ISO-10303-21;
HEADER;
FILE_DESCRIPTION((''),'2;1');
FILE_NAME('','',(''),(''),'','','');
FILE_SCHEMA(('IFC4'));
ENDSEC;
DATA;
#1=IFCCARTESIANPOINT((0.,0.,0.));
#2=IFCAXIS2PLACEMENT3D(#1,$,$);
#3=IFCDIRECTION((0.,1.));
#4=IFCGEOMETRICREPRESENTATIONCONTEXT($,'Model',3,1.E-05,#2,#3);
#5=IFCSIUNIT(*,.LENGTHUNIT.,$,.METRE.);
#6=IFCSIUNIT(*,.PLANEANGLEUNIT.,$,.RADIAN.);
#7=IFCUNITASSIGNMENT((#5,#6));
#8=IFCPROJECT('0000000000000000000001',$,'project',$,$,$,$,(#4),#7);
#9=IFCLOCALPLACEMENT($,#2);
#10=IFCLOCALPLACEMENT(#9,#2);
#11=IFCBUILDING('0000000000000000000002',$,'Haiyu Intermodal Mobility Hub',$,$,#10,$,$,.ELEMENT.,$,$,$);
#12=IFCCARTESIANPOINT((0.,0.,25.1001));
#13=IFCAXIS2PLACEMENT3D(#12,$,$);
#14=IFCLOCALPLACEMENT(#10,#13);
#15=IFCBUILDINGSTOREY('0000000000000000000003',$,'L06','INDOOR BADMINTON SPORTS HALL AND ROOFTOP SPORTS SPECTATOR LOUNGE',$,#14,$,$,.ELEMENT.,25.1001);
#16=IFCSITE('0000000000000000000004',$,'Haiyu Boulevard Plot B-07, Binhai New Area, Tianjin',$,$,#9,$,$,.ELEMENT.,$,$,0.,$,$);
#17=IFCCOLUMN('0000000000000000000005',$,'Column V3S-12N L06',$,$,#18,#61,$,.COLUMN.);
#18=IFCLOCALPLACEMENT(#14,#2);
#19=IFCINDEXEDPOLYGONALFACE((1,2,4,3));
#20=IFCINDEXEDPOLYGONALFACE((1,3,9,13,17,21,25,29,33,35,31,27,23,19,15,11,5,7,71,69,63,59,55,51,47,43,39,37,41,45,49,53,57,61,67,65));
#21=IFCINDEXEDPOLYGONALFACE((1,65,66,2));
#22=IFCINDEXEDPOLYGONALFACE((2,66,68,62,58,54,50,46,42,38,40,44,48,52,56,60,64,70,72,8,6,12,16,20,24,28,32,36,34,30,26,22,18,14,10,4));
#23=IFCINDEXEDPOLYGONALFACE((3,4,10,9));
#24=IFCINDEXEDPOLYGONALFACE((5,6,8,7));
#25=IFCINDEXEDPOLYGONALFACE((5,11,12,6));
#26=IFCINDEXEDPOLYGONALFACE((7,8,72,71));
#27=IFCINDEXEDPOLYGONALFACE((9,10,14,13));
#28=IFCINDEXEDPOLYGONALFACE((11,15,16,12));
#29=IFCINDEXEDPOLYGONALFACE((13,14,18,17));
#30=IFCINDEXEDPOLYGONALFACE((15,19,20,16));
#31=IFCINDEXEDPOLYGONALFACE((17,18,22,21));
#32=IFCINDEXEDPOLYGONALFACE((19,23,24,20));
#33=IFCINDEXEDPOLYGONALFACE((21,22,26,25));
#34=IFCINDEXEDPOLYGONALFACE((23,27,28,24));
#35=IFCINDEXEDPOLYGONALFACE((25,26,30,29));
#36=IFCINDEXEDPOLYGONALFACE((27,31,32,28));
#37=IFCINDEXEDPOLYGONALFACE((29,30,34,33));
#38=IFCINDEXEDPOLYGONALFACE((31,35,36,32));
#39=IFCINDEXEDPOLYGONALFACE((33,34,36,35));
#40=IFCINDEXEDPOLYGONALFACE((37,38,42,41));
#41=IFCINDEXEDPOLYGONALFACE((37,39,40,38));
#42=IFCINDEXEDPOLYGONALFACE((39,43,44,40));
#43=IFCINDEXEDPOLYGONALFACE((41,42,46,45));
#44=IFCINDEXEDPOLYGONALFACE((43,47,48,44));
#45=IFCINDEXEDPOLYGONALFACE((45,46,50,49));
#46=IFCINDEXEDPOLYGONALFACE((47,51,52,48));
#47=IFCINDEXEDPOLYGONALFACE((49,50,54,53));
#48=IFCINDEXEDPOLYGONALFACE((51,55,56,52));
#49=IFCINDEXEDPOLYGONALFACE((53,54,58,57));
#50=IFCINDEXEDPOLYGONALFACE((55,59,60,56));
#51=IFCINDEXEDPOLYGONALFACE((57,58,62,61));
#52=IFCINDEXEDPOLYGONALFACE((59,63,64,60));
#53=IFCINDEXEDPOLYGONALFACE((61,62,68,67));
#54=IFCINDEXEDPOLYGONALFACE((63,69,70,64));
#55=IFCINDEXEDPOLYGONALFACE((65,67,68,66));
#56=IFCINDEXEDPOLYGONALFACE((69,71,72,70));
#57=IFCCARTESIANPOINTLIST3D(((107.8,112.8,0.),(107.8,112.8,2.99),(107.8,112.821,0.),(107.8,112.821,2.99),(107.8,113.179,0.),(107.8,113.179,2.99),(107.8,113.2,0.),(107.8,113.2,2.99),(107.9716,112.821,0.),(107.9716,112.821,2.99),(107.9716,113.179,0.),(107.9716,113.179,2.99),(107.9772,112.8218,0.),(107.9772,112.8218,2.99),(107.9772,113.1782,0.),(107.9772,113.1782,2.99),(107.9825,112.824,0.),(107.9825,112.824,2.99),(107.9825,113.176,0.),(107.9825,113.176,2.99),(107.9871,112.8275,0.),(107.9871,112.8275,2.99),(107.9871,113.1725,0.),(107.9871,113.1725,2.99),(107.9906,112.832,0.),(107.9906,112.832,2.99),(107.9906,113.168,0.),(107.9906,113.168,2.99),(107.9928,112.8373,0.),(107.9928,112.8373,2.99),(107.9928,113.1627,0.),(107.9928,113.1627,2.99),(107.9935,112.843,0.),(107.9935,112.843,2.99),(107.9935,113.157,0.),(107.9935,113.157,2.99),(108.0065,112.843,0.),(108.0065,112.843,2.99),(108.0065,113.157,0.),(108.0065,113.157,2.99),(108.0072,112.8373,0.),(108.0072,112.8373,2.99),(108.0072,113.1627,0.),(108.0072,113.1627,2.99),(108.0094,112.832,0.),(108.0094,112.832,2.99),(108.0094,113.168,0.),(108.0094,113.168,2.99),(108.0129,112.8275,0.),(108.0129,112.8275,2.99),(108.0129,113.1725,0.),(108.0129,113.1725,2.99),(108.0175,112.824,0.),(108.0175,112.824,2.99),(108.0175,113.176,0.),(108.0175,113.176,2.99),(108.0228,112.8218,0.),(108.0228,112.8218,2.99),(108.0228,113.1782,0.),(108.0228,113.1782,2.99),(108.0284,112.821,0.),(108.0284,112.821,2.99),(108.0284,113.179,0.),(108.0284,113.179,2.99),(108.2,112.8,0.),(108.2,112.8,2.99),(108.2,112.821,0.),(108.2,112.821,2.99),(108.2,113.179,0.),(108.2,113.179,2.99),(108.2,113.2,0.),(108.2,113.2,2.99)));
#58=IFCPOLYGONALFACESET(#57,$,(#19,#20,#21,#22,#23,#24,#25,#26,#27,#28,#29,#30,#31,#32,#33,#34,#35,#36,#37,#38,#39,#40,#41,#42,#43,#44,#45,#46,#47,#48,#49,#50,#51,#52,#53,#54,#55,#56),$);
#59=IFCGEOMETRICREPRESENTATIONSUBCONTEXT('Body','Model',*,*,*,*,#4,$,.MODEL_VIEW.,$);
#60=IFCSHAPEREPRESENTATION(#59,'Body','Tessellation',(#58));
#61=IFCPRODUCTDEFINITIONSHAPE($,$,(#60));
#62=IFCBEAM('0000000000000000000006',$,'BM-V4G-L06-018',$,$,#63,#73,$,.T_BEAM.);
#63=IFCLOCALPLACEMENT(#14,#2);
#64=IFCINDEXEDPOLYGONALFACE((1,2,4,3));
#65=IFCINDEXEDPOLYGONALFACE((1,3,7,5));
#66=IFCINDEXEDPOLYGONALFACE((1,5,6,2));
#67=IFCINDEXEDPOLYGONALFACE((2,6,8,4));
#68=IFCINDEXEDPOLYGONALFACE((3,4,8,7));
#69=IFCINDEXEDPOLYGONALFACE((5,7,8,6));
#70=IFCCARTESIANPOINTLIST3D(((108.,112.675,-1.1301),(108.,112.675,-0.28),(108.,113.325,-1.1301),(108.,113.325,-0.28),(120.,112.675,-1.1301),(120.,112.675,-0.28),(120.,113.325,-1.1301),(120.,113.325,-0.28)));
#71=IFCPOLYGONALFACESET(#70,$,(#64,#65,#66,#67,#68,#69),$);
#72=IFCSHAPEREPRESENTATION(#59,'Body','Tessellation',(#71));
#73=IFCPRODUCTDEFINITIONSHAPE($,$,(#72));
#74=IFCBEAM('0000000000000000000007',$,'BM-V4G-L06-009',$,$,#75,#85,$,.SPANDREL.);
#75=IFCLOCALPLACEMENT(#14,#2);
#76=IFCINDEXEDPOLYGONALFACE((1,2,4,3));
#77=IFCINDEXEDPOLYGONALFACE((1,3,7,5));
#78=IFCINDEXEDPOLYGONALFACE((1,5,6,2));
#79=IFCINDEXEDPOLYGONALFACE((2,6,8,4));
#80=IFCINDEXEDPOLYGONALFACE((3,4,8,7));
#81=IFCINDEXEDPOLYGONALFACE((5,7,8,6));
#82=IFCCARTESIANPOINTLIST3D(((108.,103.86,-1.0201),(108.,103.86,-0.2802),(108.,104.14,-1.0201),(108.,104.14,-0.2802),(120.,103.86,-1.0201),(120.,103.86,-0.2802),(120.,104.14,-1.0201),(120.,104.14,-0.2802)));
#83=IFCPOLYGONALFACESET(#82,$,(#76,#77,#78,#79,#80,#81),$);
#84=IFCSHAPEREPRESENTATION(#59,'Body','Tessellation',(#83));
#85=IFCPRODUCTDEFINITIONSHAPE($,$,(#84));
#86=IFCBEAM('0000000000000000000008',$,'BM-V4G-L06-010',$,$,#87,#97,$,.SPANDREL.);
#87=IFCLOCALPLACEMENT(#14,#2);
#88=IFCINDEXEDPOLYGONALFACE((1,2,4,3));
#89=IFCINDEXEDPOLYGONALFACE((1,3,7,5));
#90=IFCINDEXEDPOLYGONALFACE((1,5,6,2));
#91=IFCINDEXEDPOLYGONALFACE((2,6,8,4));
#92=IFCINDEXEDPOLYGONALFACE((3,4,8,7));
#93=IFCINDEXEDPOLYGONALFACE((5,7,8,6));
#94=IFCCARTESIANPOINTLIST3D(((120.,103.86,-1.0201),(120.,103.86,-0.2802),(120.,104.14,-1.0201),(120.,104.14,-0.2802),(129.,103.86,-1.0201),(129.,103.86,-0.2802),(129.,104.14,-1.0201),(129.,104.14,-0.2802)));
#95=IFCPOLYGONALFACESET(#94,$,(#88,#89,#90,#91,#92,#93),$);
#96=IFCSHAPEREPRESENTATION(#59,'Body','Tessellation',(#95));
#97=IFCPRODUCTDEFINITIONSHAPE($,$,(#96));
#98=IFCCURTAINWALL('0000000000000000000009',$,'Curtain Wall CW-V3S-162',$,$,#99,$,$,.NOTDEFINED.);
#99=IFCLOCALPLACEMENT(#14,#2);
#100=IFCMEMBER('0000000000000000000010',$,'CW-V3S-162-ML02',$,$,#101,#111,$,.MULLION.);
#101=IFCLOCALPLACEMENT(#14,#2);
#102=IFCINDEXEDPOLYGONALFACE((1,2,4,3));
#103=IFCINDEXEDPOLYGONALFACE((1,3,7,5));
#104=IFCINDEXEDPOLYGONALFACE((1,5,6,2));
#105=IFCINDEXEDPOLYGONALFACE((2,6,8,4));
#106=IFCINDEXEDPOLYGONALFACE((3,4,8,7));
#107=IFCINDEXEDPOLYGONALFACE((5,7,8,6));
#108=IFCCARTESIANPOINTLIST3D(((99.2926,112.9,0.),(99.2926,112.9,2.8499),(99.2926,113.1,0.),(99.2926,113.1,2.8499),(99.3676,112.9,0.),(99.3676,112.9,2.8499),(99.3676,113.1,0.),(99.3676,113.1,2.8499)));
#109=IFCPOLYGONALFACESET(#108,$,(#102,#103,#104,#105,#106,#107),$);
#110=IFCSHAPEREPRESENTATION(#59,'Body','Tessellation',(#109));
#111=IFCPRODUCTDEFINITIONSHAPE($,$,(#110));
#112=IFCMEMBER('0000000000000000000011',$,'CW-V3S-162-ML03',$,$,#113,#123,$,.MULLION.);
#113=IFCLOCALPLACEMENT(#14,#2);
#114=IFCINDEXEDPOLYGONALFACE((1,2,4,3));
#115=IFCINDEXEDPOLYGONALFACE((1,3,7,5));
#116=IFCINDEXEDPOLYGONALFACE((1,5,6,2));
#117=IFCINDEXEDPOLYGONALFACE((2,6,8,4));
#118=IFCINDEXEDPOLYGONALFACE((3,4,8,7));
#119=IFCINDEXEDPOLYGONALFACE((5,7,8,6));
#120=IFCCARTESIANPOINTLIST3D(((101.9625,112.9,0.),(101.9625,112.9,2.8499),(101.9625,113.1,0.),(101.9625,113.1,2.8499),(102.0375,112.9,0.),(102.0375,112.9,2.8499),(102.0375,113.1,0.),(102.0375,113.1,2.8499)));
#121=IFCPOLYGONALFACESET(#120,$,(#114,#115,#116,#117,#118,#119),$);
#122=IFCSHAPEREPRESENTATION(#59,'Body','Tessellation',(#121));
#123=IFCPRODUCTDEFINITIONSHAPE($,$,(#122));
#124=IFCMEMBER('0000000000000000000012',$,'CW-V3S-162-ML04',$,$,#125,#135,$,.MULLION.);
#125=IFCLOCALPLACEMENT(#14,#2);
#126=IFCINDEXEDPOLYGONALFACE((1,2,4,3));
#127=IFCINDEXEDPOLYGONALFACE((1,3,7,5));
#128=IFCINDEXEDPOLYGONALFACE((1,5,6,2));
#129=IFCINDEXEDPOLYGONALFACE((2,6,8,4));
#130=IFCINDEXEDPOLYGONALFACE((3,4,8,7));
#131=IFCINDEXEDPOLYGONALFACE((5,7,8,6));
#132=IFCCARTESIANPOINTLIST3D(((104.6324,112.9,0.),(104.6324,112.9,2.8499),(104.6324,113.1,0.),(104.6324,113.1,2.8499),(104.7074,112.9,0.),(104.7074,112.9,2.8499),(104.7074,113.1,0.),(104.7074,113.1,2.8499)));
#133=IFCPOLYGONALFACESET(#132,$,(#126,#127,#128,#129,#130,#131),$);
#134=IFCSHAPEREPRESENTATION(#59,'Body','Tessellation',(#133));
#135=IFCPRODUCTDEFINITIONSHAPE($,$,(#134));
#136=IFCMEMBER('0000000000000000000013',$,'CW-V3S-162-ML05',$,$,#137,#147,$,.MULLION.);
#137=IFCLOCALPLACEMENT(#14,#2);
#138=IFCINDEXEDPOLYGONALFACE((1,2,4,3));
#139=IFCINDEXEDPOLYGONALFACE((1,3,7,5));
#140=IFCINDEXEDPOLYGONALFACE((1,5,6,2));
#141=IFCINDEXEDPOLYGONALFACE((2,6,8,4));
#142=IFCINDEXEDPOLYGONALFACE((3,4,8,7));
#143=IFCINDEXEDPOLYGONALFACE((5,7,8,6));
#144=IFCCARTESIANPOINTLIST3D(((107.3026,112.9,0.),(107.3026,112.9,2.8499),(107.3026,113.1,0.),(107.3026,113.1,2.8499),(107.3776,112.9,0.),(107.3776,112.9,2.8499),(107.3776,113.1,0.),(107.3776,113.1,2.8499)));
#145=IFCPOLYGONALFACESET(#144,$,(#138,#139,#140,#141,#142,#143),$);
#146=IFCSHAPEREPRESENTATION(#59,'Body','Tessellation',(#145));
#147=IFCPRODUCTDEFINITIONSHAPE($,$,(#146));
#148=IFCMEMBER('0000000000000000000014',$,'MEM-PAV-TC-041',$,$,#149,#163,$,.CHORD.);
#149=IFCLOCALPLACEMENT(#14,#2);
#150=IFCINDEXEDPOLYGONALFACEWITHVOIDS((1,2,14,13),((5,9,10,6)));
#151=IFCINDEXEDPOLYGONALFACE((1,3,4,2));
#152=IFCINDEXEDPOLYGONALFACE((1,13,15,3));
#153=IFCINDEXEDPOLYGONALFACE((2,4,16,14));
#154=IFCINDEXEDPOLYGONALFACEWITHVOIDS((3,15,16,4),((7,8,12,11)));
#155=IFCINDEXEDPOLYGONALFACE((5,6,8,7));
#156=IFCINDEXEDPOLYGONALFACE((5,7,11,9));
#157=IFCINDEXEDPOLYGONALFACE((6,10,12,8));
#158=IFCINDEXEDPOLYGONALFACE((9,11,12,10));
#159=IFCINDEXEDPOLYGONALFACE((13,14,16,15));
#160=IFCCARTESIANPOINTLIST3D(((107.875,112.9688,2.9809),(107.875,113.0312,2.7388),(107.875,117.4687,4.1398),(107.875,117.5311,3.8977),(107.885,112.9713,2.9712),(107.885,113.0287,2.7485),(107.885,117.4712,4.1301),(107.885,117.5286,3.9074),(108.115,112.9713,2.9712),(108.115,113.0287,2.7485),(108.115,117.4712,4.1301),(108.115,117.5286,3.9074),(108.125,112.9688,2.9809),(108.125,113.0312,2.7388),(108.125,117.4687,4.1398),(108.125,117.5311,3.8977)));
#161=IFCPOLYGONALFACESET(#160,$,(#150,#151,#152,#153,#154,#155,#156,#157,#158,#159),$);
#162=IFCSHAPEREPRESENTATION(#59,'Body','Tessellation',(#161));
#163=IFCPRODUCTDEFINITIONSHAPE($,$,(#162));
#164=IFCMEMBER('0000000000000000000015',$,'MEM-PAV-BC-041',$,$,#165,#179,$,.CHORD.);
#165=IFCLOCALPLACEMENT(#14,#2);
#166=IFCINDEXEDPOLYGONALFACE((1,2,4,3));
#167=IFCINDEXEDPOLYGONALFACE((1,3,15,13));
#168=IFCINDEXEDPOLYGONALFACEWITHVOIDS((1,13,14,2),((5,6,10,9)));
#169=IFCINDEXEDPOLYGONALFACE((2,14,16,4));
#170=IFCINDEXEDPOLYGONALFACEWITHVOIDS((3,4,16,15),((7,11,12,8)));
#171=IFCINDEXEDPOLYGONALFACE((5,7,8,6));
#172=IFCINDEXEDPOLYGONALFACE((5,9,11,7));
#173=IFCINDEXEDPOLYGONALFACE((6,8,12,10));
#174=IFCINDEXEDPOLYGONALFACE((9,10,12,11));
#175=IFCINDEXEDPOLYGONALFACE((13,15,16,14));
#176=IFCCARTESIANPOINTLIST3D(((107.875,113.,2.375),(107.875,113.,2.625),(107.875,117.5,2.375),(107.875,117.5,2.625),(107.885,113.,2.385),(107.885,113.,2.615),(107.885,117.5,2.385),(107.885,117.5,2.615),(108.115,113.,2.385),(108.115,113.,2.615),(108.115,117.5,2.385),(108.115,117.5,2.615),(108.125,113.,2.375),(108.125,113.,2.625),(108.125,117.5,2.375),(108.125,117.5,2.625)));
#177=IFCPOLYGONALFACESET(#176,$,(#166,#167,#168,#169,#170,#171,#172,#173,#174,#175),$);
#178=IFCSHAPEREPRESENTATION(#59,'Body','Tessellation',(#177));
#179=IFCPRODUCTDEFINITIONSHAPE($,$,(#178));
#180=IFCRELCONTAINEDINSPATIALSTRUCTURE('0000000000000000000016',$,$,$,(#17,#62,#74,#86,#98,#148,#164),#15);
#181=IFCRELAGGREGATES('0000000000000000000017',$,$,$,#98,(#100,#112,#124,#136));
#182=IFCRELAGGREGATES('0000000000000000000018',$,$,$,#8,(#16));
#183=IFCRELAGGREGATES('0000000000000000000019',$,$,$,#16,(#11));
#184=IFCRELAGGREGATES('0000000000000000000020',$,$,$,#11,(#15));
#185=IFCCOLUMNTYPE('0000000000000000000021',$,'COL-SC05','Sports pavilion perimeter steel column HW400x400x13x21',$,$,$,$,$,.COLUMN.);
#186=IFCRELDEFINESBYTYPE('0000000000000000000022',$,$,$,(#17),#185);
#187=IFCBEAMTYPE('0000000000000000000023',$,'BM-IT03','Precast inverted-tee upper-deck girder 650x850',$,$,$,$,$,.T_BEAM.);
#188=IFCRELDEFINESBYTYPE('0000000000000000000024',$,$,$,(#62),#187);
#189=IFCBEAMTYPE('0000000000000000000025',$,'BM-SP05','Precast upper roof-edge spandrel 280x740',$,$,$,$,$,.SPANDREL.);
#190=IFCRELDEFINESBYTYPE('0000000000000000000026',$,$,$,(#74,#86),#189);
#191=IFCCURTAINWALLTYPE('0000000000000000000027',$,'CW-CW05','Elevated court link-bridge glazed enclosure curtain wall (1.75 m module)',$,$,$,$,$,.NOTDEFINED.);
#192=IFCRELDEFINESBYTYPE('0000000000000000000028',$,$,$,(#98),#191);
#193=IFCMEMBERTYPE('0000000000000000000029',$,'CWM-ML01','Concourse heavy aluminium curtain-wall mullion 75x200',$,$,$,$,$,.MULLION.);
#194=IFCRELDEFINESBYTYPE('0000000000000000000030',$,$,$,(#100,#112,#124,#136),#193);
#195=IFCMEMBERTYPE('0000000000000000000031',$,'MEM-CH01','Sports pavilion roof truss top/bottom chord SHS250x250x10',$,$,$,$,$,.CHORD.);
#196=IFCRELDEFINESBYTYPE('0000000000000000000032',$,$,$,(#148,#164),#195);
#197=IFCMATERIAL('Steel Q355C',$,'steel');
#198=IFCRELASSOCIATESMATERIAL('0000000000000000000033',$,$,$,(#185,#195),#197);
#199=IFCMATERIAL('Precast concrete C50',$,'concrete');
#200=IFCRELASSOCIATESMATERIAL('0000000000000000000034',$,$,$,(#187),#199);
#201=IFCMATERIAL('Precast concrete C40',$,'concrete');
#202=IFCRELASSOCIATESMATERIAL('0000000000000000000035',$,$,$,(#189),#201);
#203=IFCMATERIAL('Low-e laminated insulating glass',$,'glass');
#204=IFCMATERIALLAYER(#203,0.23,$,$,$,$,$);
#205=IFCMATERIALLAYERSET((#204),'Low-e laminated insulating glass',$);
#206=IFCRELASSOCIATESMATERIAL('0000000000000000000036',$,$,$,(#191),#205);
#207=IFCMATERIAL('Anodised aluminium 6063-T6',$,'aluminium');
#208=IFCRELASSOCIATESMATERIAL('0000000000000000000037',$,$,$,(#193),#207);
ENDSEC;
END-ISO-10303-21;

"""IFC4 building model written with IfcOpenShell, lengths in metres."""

from ifc_helpers import new_model, si_unit, direction, frame, origin, origin_2d, place, context, subcontext, project, spatial, rectangle, hollow_rectangle, i_section, extrude, material, layer, layer_set, material_profile, profile_set, type_object, element, aggregate, save


model = new_model("IFC4")

# Units and contexts
model_context = context("Model", 3, precision=1e-05, world=origin(), true_north=direction((0.0, 1.0)))
body_context = subcontext(model_context, "Body", "Model", "MODEL_VIEW")
ifc_project = project(units=[si_unit("LENGTHUNIT", "METRE"), si_unit("PLANEANGLEUNIT", "RADIAN")], contexts=[model_context])

# Site, building, storey
site_placement = place(None, origin())
site = spatial("IfcSite", under=ifc_project, at=site_placement, Name="Haiyu Boulevard Plot B-07, Binhai New Area, Tianjin", CompositionType="ELEMENT", RefElevation=0.0)
building_placement = place(site_placement, origin())
building = spatial("IfcBuilding", under=site, at=building_placement, Name="Haiyu Intermodal Mobility Hub", CompositionType="ELEMENT")
storey_placement = place(building_placement, frame((0.0, 0.0, 25.1001)))
storey = spatial("IfcBuildingStorey", under=building, at=storey_placement, Name="L06", Description="INDOOR BADMINTON SPORTS HALL AND ROOFTOP SPORTS SPECTATOR LOUNGE", CompositionType="ELEMENT", Elevation=25.1001)

# Column
ifc_material_1 = material(Name="Steel Q355C", Category="steel")
ifc_material_profile_1 = material_profile(ifc_material_1, i_section(OverallWidth=0.3999, OverallDepth=0.3999, WebThickness=0.0129, FlangeThickness=0.021, FilletRadius=0.022, at=origin_2d()), Name="HW400x400x13x21")
ifc_profile_set_1 = profile_set([ifc_material_profile_1], Name="Steel Q355C")
column_type = type_object("IfcColumnType", Name="COL-SC05", Description="Sports pavilion perimeter steel column HW400x400x13x21", PredefinedType="COLUMN", material=ifc_profile_set_1)
column_placement = place(storey_placement, frame((108.0, 113.0, 0.0), z_axis=(0.0, 0.0, 1.0), x_axis=(1.0, 0.0, 0.0)))
element("IfcColumn", 1, at=column_placement, inside=storey, type_object=column_type, Name="Column V3S-12N L06", PredefinedType="COLUMN", context=body_context, shape_type="SweptSolid", body=[
    extrude(i_section(OverallWidth=0.3999, OverallDepth=0.3999, WebThickness=0.0129, FlangeThickness=0.021, FilletRadius=0.022, at=origin_2d()), origin(), (0.0, 0.0, 1.0), 2.99),
])

# Beams
ifc_material_2 = material(Name="Precast concrete C50", Category="concrete")
ifc_material_profile_2 = material_profile(ifc_material_2, rectangle(XDim=0.6499, YDim=0.8501, at=origin_2d()), Name="PC650x850")
ifc_profile_set_2 = profile_set([ifc_material_profile_2], Name="Precast concrete C50")
beam_type_1 = type_object("IfcBeamType", Name="BM-IT03", Description="Precast inverted-tee upper-deck girder 650x850", PredefinedType="T_BEAM", material=ifc_profile_set_2)
beam_1_placement = place(storey_placement, frame((108.0, 113.0, -0.7051), z_axis=(1.0, 0.0, 0.0), x_axis=(0.0, 1.0, 0.0)))
element("IfcBeam", 2, at=beam_1_placement, inside=storey, type_object=beam_type_1, Name="BM-V4G-L06-018", PredefinedType="T_BEAM", context=body_context, shape_type="SweptSolid", body=[
    extrude(rectangle(XDim=0.6499, YDim=0.8501, at=origin_2d()), origin(), (0.0, 0.0, 1.0), 12.0),
])
ifc_material_3 = material(Name="Precast concrete C40", Category="concrete")
ifc_material_profile_3 = material_profile(ifc_material_3, rectangle(XDim=0.28, YDim=0.74, at=origin_2d()), Name="B280x740")
ifc_profile_set_3 = profile_set([ifc_material_profile_3], Name="Precast concrete C40")
beam_type_2 = type_object("IfcBeamType", Name="BM-SP05", Description="Precast upper roof-edge spandrel 280x740", PredefinedType="SPANDREL", material=ifc_profile_set_3)
beam_2_placement = place(storey_placement, frame((108.0, 104.0, -0.6501), z_axis=(1.0, 0.0, 0.0), x_axis=(0.0, 1.0, 0.0)))
element("IfcBeam", 3, at=beam_2_placement, inside=storey, type_object=beam_type_2, Name="BM-V4G-L06-009", PredefinedType="SPANDREL", context=body_context, shape_type="SweptSolid", body=[
    extrude(rectangle(XDim=0.28, YDim=0.74, at=origin_2d()), origin(), (0.0, 0.0, 1.0), 12.0),
])
beam_3_placement = place(storey_placement, frame((120.0, 104.0, -0.6501), z_axis=(1.0, 0.0, 0.0), x_axis=(0.0, 1.0, 0.0)))
element("IfcBeam", 4, at=beam_3_placement, inside=storey, type_object=beam_type_2, Name="BM-V4G-L06-010", PredefinedType="SPANDREL", context=body_context, shape_type="SweptSolid", body=[
    extrude(rectangle(XDim=0.28, YDim=0.74, at=origin_2d()), origin(), (0.0, 0.0, 1.0), 9.0),
])

# Curtain wall, members
ifc_material_4 = material(Name="Low-e laminated insulating glass", Category="glass")
ifc_layer_1 = layer(ifc_material_4, 0.23)
ifc_layer_set_1 = layer_set([ifc_layer_1], Name="Low-e laminated insulating glass")
curtain_wall_type = type_object("IfcCurtainWallType", Name="CW-CW05", Description="Elevated court link-bridge glazed enclosure curtain wall (1.75 m module)", PredefinedType="NOTDEFINED", material=ifc_layer_set_1)
curtain_wall_placement = place(storey_placement, origin())
curtain_wall = element("IfcCurtainWall", 5, at=curtain_wall_placement, inside=storey, type_object=curtain_wall_type, Name="Curtain Wall CW-V3S-162", PredefinedType="NOTDEFINED")
ifc_material_5 = material(Name="Anodised aluminium 6063-T6", Category="aluminium")
ifc_material_profile_4 = material_profile(ifc_material_5, rectangle(XDim=0.075, YDim=0.2, at=origin_2d()), Name="ALU75x200")
ifc_profile_set_4 = profile_set([ifc_material_profile_4], Name="Anodised aluminium 6063-T6")
member_type_1 = type_object("IfcMemberType", Name="CWM-ML01", Description="Concourse heavy aluminium curtain-wall mullion 75x200", PredefinedType="MULLION", material=ifc_profile_set_4)
member_1_placement = place(storey_placement, frame((99.3301, 113.0, 0.0), z_axis=(0.0, 0.0, 1.0), x_axis=(1.0, 0.0, 0.0)))
member_1 = element("IfcMember", 6, at=member_1_placement, type_object=member_type_1, Name="CW-V3S-162-ML02", PredefinedType="MULLION", context=body_context, shape_type="SweptSolid", body=[
    extrude(rectangle(XDim=0.075, YDim=0.2, at=origin_2d()), origin(), (0.0, 0.0, 1.0), 2.8499),
])
member_2_placement = place(storey_placement, frame((102.0, 113.0, 0.0), z_axis=(0.0, 0.0, 1.0), x_axis=(1.0, 0.0, 0.0)))
member_2 = element("IfcMember", 7, at=member_2_placement, type_object=member_type_1, Name="CW-V3S-162-ML03", PredefinedType="MULLION", context=body_context, shape_type="SweptSolid", body=[
    extrude(rectangle(XDim=0.075, YDim=0.2, at=origin_2d()), origin(), (0.0, 0.0, 1.0), 2.8499),
])
member_3_placement = place(storey_placement, frame((104.6699, 113.0, 0.0), z_axis=(0.0, 0.0, 1.0), x_axis=(1.0, 0.0, 0.0)))
member_3 = element("IfcMember", 8, at=member_3_placement, type_object=member_type_1, Name="CW-V3S-162-ML04", PredefinedType="MULLION", context=body_context, shape_type="SweptSolid", body=[
    extrude(rectangle(XDim=0.075, YDim=0.2, at=origin_2d()), origin(), (0.0, 0.0, 1.0), 2.8499),
])
member_4_placement = place(storey_placement, frame((107.3401, 113.0, 0.0), z_axis=(0.0, 0.0, 1.0), x_axis=(1.0, 0.0, 0.0)))
member_4 = element("IfcMember", 9, at=member_4_placement, type_object=member_type_1, Name="CW-V3S-162-ML05", PredefinedType="MULLION", context=body_context, shape_type="SweptSolid", body=[
    extrude(rectangle(XDim=0.075, YDim=0.2, at=origin_2d()), origin(), (0.0, 0.0, 1.0), 2.8499),
])

# Members
ifc_material_profile_5 = material_profile(ifc_material_1, hollow_rectangle(XDim=0.25, YDim=0.25, WallThickness=0.01, at=origin_2d()), Name="SHS250x250x10")
ifc_profile_set_5 = profile_set([ifc_material_profile_5], Name="Steel Q355C")
member_type_2 = type_object("IfcMemberType", Name="MEM-CH01", Description="Sports pavilion roof truss top/bottom chord SHS250x250x10", PredefinedType="CHORD", material=ifc_profile_set_5)
member_5_placement = place(storey_placement, frame((108.0, 113.0, 2.8599), z_axis=(0.0, 0.9684, 0.249403), x_axis=(-1.0, 0.0, 0.0)))
element("IfcMember", 10, at=member_5_placement, inside=storey, type_object=member_type_2, Name="MEM-PAV-TC-041", PredefinedType="CHORD", context=body_context, shape_type="SweptSolid", body=[
    extrude(hollow_rectangle(XDim=0.25, YDim=0.25, WallThickness=0.01, at=origin_2d()), origin(), (0.0, 0.0, 1.0), 4.6467),
])
member_6_placement = place(storey_placement, frame((108.0, 113.0, 2.5), z_axis=(0.0, 1.0, 0.0), x_axis=(-1.0, 0.0, 0.0)))
element("IfcMember", 11, at=member_6_placement, inside=storey, type_object=member_type_2, Name="MEM-PAV-BC-041", PredefinedType="CHORD", context=body_context, shape_type="SweptSolid", body=[
    extrude(hollow_rectangle(XDim=0.25, YDim=0.25, WallThickness=0.01, at=origin_2d()), origin(), (0.0, 0.0, 1.0), 4.5),
])

aggregate(curtain_wall, [member_1, member_2, member_3, member_4])

save(model, "model.ifc")
